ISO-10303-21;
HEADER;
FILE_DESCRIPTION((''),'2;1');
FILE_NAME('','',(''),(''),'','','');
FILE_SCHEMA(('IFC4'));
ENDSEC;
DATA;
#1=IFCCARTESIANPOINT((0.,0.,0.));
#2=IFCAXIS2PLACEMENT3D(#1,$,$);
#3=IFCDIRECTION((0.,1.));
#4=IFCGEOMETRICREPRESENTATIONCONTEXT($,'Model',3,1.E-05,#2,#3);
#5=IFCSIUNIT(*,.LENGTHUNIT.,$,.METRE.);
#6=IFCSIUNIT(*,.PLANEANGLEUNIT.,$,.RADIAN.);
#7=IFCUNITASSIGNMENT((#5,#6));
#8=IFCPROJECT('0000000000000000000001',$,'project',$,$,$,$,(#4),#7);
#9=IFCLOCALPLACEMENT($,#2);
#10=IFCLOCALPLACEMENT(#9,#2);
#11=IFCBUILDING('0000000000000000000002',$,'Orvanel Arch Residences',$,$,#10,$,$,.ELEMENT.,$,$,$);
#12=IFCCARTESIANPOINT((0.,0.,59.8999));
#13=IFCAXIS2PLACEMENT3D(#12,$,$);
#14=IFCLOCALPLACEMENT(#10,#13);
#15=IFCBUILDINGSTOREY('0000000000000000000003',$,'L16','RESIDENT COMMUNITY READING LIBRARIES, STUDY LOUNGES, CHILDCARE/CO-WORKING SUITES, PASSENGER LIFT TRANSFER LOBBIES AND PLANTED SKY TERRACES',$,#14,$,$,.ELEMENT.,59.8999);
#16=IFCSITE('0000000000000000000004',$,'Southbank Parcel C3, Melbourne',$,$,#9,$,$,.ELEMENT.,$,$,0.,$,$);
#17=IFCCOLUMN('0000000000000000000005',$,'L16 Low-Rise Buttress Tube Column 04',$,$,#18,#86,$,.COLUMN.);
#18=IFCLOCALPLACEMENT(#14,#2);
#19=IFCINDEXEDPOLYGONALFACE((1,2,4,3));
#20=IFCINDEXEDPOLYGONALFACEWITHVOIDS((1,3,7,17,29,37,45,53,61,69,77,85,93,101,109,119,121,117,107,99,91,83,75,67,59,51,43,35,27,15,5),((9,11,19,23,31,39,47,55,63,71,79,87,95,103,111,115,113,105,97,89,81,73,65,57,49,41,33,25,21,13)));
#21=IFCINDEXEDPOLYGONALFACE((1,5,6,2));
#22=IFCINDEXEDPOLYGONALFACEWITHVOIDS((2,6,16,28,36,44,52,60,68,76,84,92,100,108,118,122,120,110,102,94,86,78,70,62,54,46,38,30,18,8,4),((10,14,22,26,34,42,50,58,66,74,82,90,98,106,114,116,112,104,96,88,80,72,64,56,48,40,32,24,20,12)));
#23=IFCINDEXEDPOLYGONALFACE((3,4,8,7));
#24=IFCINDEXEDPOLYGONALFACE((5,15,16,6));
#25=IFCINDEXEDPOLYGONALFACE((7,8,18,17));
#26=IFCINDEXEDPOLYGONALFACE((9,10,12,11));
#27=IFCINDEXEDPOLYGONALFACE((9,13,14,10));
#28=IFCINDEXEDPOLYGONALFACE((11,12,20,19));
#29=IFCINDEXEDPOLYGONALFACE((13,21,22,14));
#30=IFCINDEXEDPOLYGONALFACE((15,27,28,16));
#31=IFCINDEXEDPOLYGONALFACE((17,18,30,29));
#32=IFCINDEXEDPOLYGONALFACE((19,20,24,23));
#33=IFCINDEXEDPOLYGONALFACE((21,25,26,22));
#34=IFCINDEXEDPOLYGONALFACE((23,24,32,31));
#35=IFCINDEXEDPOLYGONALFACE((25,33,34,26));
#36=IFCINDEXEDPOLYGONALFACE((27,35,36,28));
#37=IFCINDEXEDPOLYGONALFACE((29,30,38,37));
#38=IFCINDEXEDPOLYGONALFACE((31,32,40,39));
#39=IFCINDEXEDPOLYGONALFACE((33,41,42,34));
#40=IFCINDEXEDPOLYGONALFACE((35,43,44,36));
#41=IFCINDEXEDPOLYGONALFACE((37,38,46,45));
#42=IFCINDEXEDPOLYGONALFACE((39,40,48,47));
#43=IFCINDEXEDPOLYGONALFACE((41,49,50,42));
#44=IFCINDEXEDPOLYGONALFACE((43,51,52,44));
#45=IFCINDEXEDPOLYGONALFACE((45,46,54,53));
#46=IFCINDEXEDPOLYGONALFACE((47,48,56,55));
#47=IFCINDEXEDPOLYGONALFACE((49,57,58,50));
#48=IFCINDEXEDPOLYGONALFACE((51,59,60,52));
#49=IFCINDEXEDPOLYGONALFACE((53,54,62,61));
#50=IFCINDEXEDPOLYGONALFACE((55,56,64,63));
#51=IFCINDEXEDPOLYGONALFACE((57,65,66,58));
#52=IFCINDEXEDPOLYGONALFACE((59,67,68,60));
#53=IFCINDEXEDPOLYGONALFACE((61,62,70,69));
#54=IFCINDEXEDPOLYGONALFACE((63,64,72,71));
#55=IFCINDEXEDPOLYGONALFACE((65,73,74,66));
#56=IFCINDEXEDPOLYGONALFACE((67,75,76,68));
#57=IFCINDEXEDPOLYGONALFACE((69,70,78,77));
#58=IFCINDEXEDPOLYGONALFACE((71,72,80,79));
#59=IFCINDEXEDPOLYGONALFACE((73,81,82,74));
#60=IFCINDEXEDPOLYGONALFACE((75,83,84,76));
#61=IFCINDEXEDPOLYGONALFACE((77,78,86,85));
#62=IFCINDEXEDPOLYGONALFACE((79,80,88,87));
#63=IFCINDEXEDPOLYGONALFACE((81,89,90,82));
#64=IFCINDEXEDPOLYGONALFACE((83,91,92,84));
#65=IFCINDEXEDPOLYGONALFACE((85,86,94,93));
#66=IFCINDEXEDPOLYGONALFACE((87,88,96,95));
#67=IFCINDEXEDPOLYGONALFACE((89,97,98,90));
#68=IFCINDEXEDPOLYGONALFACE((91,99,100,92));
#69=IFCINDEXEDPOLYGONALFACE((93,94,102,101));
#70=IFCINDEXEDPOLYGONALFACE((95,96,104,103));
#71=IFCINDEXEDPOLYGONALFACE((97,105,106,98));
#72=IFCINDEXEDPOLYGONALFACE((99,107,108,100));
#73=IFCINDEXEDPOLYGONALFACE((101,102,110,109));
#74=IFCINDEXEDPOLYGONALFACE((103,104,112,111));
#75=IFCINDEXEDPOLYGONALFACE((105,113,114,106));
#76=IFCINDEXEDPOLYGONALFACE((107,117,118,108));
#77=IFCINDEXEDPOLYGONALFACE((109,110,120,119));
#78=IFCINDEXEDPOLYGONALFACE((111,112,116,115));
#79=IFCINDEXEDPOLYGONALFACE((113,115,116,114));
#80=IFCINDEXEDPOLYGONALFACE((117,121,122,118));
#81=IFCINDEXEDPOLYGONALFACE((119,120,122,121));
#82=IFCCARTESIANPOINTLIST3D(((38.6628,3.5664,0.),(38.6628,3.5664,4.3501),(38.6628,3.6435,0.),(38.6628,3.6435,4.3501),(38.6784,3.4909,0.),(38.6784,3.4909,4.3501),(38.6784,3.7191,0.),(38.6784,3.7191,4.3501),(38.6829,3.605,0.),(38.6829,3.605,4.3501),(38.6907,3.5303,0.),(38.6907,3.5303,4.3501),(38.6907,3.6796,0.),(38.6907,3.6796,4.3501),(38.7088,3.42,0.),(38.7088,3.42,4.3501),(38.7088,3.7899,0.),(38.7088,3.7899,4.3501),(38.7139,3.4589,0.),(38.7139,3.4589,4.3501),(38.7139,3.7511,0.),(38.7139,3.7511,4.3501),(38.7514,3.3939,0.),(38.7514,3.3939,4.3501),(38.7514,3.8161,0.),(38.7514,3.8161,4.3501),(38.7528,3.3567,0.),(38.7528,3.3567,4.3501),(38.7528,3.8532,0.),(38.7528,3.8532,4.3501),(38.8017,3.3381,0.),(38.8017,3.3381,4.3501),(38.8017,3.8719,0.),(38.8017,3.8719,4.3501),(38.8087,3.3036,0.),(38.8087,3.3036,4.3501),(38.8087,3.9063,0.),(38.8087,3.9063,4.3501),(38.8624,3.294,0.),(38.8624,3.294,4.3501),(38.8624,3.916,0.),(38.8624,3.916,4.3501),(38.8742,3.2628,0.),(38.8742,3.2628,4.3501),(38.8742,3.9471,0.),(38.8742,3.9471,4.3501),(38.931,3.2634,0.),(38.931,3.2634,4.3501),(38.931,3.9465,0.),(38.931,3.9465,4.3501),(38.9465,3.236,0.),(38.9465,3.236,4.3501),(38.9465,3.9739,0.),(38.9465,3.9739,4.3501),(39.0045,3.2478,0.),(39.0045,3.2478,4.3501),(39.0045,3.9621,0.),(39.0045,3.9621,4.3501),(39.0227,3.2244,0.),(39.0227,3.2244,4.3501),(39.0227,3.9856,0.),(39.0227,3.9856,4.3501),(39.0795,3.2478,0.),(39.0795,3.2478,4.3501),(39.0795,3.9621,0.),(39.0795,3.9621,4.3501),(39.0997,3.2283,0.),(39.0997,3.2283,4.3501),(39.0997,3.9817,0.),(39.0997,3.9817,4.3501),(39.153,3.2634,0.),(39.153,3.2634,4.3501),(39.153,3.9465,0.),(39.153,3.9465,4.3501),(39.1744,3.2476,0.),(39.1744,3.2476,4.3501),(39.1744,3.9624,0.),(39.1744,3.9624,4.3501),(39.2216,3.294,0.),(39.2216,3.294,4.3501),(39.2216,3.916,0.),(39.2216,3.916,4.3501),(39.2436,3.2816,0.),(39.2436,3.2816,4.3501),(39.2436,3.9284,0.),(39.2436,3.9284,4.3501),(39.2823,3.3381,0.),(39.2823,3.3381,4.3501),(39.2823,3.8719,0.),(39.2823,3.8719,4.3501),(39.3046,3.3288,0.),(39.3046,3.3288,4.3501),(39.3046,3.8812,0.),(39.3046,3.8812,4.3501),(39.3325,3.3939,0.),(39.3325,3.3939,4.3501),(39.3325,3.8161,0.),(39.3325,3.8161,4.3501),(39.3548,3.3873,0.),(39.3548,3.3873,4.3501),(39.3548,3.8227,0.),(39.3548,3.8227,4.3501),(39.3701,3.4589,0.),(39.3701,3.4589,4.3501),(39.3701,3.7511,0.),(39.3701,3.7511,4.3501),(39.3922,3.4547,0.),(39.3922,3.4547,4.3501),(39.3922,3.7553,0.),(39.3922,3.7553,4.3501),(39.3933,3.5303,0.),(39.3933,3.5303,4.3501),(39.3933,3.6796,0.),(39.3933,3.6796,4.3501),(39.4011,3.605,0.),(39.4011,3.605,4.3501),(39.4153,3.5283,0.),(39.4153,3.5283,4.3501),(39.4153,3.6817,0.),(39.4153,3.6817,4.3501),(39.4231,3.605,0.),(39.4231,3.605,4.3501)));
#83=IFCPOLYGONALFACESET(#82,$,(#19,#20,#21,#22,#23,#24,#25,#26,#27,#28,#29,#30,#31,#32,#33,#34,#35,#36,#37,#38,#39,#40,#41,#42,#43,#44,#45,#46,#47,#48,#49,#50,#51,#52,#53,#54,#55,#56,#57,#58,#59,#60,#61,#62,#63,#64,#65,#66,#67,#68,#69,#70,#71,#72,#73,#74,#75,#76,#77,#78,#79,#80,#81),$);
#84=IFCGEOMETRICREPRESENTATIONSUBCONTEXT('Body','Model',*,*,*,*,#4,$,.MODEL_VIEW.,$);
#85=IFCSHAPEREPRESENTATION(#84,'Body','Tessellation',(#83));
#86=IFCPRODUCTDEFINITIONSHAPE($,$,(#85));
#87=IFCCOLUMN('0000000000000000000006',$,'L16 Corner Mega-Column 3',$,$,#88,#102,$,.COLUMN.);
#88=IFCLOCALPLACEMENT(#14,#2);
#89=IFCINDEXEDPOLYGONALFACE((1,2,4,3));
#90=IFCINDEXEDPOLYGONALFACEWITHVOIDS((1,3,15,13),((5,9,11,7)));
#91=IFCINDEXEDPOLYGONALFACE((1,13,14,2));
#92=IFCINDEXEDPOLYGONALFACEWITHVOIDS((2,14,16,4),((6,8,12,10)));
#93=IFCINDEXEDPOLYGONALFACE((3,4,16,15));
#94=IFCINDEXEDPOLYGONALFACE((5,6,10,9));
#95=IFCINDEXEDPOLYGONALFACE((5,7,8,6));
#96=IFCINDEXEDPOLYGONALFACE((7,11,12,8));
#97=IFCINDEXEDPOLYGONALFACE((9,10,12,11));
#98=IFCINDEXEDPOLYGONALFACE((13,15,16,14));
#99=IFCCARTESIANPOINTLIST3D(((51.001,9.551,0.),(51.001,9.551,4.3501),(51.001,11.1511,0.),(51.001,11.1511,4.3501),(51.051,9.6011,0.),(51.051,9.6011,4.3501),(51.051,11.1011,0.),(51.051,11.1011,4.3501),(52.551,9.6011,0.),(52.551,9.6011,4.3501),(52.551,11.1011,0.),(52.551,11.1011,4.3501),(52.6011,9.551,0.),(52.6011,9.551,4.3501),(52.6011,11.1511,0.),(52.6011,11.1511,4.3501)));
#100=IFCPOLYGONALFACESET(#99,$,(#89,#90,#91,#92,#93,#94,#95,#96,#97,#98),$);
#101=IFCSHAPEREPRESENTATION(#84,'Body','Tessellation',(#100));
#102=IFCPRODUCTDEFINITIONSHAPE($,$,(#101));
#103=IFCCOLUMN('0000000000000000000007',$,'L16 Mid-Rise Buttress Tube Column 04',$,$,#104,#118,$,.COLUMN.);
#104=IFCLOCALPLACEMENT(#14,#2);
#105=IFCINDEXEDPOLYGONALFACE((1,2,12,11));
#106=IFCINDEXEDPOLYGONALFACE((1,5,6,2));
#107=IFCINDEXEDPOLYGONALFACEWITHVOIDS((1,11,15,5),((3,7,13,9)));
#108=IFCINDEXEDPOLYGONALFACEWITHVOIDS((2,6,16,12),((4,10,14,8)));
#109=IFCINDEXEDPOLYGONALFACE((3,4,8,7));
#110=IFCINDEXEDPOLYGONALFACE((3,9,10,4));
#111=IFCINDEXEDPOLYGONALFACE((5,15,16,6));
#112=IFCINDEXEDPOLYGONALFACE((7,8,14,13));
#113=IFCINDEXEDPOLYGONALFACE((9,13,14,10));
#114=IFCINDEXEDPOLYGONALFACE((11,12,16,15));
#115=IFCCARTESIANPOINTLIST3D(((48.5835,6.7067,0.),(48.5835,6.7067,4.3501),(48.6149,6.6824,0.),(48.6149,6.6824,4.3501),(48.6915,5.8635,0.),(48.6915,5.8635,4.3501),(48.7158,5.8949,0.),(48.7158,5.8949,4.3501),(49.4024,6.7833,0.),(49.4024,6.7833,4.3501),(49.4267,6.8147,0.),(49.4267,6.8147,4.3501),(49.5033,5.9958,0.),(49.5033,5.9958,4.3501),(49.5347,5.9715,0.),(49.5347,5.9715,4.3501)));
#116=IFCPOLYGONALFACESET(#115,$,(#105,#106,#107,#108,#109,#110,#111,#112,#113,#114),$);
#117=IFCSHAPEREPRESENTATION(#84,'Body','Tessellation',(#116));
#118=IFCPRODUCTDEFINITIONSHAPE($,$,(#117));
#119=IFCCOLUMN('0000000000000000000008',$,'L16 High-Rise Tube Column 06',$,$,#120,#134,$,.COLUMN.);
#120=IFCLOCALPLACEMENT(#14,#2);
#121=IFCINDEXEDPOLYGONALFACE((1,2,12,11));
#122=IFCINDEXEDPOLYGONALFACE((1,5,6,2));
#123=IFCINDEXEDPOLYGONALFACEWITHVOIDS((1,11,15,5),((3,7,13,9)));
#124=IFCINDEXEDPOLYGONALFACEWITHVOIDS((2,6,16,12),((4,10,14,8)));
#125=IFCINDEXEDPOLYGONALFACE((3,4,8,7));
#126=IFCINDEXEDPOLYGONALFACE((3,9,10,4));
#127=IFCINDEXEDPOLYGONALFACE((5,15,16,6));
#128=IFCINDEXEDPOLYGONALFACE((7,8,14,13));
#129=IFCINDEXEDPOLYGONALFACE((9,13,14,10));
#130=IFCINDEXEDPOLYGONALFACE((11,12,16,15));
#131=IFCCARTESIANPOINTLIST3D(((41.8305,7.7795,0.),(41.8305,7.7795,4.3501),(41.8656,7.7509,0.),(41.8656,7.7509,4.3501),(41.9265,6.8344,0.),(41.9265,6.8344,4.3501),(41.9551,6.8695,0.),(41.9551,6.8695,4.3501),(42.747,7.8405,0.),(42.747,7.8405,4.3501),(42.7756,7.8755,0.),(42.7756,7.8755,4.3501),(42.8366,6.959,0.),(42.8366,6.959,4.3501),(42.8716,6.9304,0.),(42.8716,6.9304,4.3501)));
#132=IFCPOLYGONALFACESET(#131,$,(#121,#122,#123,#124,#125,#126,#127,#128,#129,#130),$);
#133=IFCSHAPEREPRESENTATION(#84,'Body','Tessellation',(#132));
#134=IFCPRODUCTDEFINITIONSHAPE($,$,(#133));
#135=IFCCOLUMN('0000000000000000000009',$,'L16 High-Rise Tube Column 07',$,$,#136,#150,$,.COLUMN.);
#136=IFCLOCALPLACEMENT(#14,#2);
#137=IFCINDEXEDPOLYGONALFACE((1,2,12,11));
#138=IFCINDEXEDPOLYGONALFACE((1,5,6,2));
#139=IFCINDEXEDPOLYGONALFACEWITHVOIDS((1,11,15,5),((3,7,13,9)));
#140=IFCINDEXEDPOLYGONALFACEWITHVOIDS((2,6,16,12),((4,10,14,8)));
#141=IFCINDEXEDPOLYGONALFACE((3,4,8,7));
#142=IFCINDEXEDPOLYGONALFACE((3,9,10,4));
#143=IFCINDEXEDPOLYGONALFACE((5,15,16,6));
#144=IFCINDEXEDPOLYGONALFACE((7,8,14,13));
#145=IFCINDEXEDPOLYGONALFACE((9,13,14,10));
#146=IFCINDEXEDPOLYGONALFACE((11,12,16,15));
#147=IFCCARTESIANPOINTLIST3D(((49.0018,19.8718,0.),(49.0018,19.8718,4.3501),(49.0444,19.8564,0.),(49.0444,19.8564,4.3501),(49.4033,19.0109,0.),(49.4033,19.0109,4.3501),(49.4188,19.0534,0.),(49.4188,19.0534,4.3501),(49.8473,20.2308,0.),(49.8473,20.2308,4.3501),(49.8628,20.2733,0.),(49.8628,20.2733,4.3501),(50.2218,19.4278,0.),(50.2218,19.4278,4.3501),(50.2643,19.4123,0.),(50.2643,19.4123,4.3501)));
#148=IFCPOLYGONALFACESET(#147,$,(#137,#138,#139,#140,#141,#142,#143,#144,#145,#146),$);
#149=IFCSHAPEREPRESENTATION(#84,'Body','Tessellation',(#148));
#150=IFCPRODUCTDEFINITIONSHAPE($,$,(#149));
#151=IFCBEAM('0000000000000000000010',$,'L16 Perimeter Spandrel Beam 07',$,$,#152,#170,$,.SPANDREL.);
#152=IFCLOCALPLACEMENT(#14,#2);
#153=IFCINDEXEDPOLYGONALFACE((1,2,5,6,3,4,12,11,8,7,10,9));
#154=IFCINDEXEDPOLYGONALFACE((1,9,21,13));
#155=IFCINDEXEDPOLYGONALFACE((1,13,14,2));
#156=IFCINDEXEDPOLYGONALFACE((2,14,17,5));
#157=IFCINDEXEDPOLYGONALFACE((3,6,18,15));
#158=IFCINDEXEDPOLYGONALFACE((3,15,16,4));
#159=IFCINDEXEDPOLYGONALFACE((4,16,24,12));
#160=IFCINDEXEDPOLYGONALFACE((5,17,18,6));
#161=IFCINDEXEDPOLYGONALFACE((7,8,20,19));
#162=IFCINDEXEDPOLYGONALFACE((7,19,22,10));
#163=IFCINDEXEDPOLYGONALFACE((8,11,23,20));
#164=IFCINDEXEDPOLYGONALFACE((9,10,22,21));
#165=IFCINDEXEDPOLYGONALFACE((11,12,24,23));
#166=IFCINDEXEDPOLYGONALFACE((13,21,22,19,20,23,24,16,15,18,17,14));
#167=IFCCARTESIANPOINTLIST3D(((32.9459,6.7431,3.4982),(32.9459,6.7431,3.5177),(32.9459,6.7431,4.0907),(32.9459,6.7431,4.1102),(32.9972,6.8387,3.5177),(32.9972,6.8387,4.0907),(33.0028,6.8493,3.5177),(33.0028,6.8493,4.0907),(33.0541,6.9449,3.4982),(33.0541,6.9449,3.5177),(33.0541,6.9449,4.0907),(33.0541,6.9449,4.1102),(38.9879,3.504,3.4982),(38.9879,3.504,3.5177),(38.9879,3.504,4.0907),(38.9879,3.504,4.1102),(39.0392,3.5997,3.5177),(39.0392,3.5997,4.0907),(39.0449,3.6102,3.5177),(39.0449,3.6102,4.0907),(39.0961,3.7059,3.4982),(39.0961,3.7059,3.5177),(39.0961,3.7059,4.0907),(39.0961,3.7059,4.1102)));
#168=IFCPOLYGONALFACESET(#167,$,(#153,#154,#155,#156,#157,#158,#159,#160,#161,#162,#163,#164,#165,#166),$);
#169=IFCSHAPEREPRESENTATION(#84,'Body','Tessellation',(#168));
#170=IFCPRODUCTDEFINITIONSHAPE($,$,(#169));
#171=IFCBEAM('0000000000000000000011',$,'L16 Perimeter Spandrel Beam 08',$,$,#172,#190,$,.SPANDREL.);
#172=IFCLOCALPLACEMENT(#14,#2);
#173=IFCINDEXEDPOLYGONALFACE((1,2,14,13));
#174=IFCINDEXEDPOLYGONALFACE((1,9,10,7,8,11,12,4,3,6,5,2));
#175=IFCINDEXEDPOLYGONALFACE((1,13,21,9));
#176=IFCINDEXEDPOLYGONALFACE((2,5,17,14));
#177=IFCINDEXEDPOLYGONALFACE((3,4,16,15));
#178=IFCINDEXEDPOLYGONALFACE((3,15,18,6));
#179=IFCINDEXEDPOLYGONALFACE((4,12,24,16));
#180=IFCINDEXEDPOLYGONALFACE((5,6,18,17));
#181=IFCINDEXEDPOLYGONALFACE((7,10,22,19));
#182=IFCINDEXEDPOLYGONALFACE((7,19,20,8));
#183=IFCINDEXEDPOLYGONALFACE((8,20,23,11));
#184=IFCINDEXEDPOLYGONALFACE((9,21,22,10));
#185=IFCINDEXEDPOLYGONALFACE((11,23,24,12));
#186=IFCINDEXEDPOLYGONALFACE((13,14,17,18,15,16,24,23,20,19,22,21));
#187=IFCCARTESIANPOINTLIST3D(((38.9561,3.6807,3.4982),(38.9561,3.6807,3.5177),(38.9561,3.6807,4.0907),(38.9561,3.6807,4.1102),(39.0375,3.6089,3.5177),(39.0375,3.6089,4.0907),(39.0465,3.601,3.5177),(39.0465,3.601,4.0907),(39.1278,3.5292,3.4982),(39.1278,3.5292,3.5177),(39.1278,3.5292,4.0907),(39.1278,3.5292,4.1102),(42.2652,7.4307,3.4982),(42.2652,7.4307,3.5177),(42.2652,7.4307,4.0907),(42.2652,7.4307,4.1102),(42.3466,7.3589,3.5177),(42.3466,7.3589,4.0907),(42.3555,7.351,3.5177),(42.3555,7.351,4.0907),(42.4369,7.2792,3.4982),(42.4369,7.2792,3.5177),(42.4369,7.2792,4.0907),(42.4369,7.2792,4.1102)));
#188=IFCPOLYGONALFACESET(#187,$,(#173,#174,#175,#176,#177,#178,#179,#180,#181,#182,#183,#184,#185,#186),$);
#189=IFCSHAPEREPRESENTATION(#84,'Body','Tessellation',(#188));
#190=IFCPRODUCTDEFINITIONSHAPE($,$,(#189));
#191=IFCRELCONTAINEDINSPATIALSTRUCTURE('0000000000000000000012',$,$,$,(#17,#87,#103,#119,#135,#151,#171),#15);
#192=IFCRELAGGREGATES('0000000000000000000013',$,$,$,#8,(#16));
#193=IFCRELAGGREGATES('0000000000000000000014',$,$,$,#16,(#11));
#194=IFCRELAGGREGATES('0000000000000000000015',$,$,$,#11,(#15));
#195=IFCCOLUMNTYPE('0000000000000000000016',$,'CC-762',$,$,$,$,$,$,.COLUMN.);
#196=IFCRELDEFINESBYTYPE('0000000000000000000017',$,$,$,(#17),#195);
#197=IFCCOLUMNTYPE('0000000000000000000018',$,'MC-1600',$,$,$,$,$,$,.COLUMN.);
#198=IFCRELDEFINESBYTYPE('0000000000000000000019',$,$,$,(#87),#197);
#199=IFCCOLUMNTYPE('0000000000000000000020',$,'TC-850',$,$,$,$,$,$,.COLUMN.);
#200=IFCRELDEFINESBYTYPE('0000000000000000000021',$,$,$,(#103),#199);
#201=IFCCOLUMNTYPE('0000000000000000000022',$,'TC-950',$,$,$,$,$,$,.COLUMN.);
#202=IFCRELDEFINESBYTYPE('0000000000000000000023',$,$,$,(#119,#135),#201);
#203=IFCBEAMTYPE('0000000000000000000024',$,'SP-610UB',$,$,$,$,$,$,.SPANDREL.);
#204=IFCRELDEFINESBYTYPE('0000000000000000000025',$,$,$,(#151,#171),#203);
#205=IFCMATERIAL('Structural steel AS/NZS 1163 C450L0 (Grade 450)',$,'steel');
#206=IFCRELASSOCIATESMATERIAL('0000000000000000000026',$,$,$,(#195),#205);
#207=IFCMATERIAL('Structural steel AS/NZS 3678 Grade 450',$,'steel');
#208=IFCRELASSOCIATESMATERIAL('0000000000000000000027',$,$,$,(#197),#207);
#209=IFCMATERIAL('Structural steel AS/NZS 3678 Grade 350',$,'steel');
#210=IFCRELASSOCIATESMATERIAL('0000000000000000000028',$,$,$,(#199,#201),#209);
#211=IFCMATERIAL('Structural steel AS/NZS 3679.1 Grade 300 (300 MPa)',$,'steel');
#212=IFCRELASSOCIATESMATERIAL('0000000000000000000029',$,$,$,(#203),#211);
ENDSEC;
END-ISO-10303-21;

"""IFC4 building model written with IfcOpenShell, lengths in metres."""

from ifc_helpers import new_model, si_unit, direction, frame, origin, origin_2d, place, context, subcontext, project, spatial, hollow_rectangle, hollow_circle, i_section, extrude, material, material_profile, profile_set, type_object, element, save


model = new_model("IFC4")

# Units and contexts
model_context = context("Model", 3, precision=1e-05, world=origin(), true_north=direction((0.0, 1.0)))
body_context = subcontext(model_context, "Body", "Model", "MODEL_VIEW")
ifc_project = project(units=[si_unit("LENGTHUNIT", "METRE"), si_unit("PLANEANGLEUNIT", "RADIAN")], contexts=[model_context])

# Site, building, storey
site_placement = place(None, origin())
site = spatial("IfcSite", under=ifc_project, at=site_placement, Name="Southbank Parcel C3, Melbourne", CompositionType="ELEMENT", RefElevation=0.0)
building_placement = place(site_placement, origin())
building = spatial("IfcBuilding", under=site, at=building_placement, Name="Orvanel Arch Residences", CompositionType="ELEMENT")
storey_placement = place(building_placement, frame((0.0, 0.0, 59.8999)))
storey = spatial("IfcBuildingStorey", under=building, at=storey_placement, Name="L16", Description="RESIDENT COMMUNITY READING LIBRARIES, STUDY LOUNGES, CHILDCARE/CO-WORKING SUITES, PASSENGER LIFT TRANSFER LOBBIES AND PLANTED SKY TERRACES", CompositionType="ELEMENT", Elevation=59.8999)

# Columns
ifc_material_1 = material(Name="Structural steel AS/NZS 1163 C450L0 (Grade 450)", Category="steel")
ifc_material_profile_1 = material_profile(ifc_material_1, hollow_circle(Radius=0.3811, WallThickness=0.022, at=origin_2d()), Name="CHS762x22")
ifc_profile_set_1 = profile_set([ifc_material_profile_1], Name="Structural steel AS/NZS 1163 C450L0 (Grade 450)")
column_type_1 = type_object("IfcColumnType", Name="CC-762", PredefinedType="COLUMN", material=ifc_profile_set_1)
column_1_placement = place(storey_placement, frame((39.042, 3.605, 0.0), z_axis=(0.0, 0.0, 1.0), x_axis=(1.0, 0.0, 0.0)))
element("IfcColumn", 1, at=column_1_placement, inside=storey, type_object=column_type_1, Name="L16 Low-Rise Buttress Tube Column 04", PredefinedType="COLUMN", context=body_context, shape_type="SweptSolid", body=[
    extrude(hollow_circle(Radius=0.3811, WallThickness=0.022, at=origin_2d()), origin(), (0.0, 0.0, 1.0), 4.3501),
])
ifc_material_2 = material(Name="Structural steel AS/NZS 3678 Grade 450", Category="steel")
ifc_material_profile_2 = material_profile(ifc_material_2, hollow_rectangle(XDim=1.6001, YDim=1.6001, WallThickness=0.05, at=origin_2d()), Name="BOX1600x1600x50")
ifc_profile_set_2 = profile_set([ifc_material_profile_2], Name="Structural steel AS/NZS 3678 Grade 450")
column_type_2 = type_object("IfcColumnType", Name="MC-1600", PredefinedType="COLUMN", material=ifc_profile_set_2)
column_2_placement = place(storey_placement, frame((51.801, 10.3511, 0.0), z_axis=(0.0, 0.0, 1.0), x_axis=(1.0, 0.0, 0.0)))
element("IfcColumn", 2, at=column_2_placement, inside=storey, type_object=column_type_2, Name="L16 Corner Mega-Column 3", PredefinedType="COLUMN", context=body_context, shape_type="SweptSolid", body=[
    extrude(hollow_rectangle(XDim=1.6001, YDim=1.6001, WallThickness=0.05, at=origin_2d()), origin(), (0.0, 0.0, 1.0), 4.3501),
])
ifc_material_3 = material(Name="Structural steel AS/NZS 3678 Grade 350", Category="steel")
ifc_material_profile_3 = material_profile(ifc_material_3, hollow_rectangle(XDim=0.8501, YDim=0.8501, WallThickness=0.0281, at=origin_2d()), Name="BOX850x850x28")
ifc_profile_set_3 = profile_set([ifc_material_profile_3], Name="Structural steel AS/NZS 3678 Grade 350")
column_type_3 = type_object("IfcColumnType", Name="TC-850", PredefinedType="COLUMN", material=ifc_profile_set_3)
column_3_placement = place(storey_placement, frame((49.0591, 6.3391, 0.0), z_axis=(0.0, 0.0, 1.0), x_axis=(0.991894, 0.127065, 0.0)))
element("IfcColumn", 3, at=column_3_placement, inside=storey, type_object=column_type_3, Name="L16 Mid-Rise Buttress Tube Column 04", PredefinedType="COLUMN", context=body_context, shape_type="SweptSolid", body=[
    extrude(hollow_rectangle(XDim=0.8501, YDim=0.8501, WallThickness=0.0281, at=origin_2d()), origin(), (0.0, 0.0, 1.0), 4.3501),
])
ifc_material_profile_4 = material_profile(ifc_material_3, hollow_rectangle(XDim=0.95, YDim=0.95, WallThickness=0.032, at=origin_2d()), Name="BOX950x950x32")
ifc_profile_set_4 = profile_set([ifc_material_profile_4], Name="Structural steel AS/NZS 3678 Grade 350")
column_type_4 = type_object("IfcColumnType", Name="TC-950", PredefinedType="COLUMN", material=ifc_profile_set_4)
for number, where, z_axis, x_axis, name in (
    (4, (42.3511, 7.355, 0.0), (0.0, 0.0, 1.0), (0.994881, 0.101056, 0.0), "L16 High-Rise Tube Column 06"),
    (5, (49.6331, 19.6421, 0.0), (0.0, 0.0, 1.0), (-0.422618, 0.906308, 0.0), "L16 High-Rise Tube Column 07"),
):
    element("IfcColumn", number, at=place(storey_placement, frame(where, z_axis=z_axis, x_axis=x_axis)), inside=storey, type_object=column_type_4, Name=name, PredefinedType="COLUMN", context=body_context, shape_type="SweptSolid", body=[
        extrude(hollow_rectangle(XDim=0.95, YDim=0.95, WallThickness=0.032, at=origin_2d()), origin(), (0.0, 0.0, 1.0), 4.3501),
    ])

# Beams
ifc_material_4 = material(Name="Structural steel AS/NZS 3679.1 Grade 300 (300 MPa)", Category="steel")
ifc_material_profile_5 = material_profile(ifc_material_4, i_section(OverallWidth=0.229, OverallDepth=0.6121, WebThickness=0.012, FlangeThickness=0.0195, at=origin_2d()), Name="610UB125")
ifc_profile_set_5 = profile_set([ifc_material_profile_5], Name="Structural steel AS/NZS 3679.1 Grade 300 (300 MPa)")
beam_type = type_object("IfcBeamType", Name="SP-610UB", PredefinedType="SPANDREL", material=ifc_profile_set_5)
beam_1_placement = place(storey_placement, frame((33.0, 6.844, 3.8042), z_axis=(0.881344, -0.472474, 0.0), x_axis=(0.472474, 0.881344, 0.0)))
element("IfcBeam", 6, at=beam_1_placement, inside=storey, type_object=beam_type, Name="L16 Perimeter Spandrel Beam 07", PredefinedType="SPANDREL", context=body_context, shape_type="SweptSolid", body=[
    extrude(i_section(OverallWidth=0.229, OverallDepth=0.6121, WebThickness=0.012, FlangeThickness=0.0195, at=origin_2d()), origin(), (0.0, 0.0, 1.0), 6.8555),
])
beam_2_placement = place(storey_placement, frame((39.042, 3.605, 3.8042), z_axis=(0.661651, 0.749812, 0.0), x_axis=(-0.749812, 0.661651, 0.0)))
element("IfcBeam", 7, at=beam_2_placement, inside=storey, type_object=beam_type, Name="L16 Perimeter Spandrel Beam 08", PredefinedType="SPANDREL", context=body_context, shape_type="SweptSolid", body=[
    extrude(i_section(OverallWidth=0.229, OverallDepth=0.6121, WebThickness=0.012, FlangeThickness=0.0195, at=origin_2d()), origin(), (0.0, 0.0, 1.0), 5.0012),
])

save(model, "model.ifc")
